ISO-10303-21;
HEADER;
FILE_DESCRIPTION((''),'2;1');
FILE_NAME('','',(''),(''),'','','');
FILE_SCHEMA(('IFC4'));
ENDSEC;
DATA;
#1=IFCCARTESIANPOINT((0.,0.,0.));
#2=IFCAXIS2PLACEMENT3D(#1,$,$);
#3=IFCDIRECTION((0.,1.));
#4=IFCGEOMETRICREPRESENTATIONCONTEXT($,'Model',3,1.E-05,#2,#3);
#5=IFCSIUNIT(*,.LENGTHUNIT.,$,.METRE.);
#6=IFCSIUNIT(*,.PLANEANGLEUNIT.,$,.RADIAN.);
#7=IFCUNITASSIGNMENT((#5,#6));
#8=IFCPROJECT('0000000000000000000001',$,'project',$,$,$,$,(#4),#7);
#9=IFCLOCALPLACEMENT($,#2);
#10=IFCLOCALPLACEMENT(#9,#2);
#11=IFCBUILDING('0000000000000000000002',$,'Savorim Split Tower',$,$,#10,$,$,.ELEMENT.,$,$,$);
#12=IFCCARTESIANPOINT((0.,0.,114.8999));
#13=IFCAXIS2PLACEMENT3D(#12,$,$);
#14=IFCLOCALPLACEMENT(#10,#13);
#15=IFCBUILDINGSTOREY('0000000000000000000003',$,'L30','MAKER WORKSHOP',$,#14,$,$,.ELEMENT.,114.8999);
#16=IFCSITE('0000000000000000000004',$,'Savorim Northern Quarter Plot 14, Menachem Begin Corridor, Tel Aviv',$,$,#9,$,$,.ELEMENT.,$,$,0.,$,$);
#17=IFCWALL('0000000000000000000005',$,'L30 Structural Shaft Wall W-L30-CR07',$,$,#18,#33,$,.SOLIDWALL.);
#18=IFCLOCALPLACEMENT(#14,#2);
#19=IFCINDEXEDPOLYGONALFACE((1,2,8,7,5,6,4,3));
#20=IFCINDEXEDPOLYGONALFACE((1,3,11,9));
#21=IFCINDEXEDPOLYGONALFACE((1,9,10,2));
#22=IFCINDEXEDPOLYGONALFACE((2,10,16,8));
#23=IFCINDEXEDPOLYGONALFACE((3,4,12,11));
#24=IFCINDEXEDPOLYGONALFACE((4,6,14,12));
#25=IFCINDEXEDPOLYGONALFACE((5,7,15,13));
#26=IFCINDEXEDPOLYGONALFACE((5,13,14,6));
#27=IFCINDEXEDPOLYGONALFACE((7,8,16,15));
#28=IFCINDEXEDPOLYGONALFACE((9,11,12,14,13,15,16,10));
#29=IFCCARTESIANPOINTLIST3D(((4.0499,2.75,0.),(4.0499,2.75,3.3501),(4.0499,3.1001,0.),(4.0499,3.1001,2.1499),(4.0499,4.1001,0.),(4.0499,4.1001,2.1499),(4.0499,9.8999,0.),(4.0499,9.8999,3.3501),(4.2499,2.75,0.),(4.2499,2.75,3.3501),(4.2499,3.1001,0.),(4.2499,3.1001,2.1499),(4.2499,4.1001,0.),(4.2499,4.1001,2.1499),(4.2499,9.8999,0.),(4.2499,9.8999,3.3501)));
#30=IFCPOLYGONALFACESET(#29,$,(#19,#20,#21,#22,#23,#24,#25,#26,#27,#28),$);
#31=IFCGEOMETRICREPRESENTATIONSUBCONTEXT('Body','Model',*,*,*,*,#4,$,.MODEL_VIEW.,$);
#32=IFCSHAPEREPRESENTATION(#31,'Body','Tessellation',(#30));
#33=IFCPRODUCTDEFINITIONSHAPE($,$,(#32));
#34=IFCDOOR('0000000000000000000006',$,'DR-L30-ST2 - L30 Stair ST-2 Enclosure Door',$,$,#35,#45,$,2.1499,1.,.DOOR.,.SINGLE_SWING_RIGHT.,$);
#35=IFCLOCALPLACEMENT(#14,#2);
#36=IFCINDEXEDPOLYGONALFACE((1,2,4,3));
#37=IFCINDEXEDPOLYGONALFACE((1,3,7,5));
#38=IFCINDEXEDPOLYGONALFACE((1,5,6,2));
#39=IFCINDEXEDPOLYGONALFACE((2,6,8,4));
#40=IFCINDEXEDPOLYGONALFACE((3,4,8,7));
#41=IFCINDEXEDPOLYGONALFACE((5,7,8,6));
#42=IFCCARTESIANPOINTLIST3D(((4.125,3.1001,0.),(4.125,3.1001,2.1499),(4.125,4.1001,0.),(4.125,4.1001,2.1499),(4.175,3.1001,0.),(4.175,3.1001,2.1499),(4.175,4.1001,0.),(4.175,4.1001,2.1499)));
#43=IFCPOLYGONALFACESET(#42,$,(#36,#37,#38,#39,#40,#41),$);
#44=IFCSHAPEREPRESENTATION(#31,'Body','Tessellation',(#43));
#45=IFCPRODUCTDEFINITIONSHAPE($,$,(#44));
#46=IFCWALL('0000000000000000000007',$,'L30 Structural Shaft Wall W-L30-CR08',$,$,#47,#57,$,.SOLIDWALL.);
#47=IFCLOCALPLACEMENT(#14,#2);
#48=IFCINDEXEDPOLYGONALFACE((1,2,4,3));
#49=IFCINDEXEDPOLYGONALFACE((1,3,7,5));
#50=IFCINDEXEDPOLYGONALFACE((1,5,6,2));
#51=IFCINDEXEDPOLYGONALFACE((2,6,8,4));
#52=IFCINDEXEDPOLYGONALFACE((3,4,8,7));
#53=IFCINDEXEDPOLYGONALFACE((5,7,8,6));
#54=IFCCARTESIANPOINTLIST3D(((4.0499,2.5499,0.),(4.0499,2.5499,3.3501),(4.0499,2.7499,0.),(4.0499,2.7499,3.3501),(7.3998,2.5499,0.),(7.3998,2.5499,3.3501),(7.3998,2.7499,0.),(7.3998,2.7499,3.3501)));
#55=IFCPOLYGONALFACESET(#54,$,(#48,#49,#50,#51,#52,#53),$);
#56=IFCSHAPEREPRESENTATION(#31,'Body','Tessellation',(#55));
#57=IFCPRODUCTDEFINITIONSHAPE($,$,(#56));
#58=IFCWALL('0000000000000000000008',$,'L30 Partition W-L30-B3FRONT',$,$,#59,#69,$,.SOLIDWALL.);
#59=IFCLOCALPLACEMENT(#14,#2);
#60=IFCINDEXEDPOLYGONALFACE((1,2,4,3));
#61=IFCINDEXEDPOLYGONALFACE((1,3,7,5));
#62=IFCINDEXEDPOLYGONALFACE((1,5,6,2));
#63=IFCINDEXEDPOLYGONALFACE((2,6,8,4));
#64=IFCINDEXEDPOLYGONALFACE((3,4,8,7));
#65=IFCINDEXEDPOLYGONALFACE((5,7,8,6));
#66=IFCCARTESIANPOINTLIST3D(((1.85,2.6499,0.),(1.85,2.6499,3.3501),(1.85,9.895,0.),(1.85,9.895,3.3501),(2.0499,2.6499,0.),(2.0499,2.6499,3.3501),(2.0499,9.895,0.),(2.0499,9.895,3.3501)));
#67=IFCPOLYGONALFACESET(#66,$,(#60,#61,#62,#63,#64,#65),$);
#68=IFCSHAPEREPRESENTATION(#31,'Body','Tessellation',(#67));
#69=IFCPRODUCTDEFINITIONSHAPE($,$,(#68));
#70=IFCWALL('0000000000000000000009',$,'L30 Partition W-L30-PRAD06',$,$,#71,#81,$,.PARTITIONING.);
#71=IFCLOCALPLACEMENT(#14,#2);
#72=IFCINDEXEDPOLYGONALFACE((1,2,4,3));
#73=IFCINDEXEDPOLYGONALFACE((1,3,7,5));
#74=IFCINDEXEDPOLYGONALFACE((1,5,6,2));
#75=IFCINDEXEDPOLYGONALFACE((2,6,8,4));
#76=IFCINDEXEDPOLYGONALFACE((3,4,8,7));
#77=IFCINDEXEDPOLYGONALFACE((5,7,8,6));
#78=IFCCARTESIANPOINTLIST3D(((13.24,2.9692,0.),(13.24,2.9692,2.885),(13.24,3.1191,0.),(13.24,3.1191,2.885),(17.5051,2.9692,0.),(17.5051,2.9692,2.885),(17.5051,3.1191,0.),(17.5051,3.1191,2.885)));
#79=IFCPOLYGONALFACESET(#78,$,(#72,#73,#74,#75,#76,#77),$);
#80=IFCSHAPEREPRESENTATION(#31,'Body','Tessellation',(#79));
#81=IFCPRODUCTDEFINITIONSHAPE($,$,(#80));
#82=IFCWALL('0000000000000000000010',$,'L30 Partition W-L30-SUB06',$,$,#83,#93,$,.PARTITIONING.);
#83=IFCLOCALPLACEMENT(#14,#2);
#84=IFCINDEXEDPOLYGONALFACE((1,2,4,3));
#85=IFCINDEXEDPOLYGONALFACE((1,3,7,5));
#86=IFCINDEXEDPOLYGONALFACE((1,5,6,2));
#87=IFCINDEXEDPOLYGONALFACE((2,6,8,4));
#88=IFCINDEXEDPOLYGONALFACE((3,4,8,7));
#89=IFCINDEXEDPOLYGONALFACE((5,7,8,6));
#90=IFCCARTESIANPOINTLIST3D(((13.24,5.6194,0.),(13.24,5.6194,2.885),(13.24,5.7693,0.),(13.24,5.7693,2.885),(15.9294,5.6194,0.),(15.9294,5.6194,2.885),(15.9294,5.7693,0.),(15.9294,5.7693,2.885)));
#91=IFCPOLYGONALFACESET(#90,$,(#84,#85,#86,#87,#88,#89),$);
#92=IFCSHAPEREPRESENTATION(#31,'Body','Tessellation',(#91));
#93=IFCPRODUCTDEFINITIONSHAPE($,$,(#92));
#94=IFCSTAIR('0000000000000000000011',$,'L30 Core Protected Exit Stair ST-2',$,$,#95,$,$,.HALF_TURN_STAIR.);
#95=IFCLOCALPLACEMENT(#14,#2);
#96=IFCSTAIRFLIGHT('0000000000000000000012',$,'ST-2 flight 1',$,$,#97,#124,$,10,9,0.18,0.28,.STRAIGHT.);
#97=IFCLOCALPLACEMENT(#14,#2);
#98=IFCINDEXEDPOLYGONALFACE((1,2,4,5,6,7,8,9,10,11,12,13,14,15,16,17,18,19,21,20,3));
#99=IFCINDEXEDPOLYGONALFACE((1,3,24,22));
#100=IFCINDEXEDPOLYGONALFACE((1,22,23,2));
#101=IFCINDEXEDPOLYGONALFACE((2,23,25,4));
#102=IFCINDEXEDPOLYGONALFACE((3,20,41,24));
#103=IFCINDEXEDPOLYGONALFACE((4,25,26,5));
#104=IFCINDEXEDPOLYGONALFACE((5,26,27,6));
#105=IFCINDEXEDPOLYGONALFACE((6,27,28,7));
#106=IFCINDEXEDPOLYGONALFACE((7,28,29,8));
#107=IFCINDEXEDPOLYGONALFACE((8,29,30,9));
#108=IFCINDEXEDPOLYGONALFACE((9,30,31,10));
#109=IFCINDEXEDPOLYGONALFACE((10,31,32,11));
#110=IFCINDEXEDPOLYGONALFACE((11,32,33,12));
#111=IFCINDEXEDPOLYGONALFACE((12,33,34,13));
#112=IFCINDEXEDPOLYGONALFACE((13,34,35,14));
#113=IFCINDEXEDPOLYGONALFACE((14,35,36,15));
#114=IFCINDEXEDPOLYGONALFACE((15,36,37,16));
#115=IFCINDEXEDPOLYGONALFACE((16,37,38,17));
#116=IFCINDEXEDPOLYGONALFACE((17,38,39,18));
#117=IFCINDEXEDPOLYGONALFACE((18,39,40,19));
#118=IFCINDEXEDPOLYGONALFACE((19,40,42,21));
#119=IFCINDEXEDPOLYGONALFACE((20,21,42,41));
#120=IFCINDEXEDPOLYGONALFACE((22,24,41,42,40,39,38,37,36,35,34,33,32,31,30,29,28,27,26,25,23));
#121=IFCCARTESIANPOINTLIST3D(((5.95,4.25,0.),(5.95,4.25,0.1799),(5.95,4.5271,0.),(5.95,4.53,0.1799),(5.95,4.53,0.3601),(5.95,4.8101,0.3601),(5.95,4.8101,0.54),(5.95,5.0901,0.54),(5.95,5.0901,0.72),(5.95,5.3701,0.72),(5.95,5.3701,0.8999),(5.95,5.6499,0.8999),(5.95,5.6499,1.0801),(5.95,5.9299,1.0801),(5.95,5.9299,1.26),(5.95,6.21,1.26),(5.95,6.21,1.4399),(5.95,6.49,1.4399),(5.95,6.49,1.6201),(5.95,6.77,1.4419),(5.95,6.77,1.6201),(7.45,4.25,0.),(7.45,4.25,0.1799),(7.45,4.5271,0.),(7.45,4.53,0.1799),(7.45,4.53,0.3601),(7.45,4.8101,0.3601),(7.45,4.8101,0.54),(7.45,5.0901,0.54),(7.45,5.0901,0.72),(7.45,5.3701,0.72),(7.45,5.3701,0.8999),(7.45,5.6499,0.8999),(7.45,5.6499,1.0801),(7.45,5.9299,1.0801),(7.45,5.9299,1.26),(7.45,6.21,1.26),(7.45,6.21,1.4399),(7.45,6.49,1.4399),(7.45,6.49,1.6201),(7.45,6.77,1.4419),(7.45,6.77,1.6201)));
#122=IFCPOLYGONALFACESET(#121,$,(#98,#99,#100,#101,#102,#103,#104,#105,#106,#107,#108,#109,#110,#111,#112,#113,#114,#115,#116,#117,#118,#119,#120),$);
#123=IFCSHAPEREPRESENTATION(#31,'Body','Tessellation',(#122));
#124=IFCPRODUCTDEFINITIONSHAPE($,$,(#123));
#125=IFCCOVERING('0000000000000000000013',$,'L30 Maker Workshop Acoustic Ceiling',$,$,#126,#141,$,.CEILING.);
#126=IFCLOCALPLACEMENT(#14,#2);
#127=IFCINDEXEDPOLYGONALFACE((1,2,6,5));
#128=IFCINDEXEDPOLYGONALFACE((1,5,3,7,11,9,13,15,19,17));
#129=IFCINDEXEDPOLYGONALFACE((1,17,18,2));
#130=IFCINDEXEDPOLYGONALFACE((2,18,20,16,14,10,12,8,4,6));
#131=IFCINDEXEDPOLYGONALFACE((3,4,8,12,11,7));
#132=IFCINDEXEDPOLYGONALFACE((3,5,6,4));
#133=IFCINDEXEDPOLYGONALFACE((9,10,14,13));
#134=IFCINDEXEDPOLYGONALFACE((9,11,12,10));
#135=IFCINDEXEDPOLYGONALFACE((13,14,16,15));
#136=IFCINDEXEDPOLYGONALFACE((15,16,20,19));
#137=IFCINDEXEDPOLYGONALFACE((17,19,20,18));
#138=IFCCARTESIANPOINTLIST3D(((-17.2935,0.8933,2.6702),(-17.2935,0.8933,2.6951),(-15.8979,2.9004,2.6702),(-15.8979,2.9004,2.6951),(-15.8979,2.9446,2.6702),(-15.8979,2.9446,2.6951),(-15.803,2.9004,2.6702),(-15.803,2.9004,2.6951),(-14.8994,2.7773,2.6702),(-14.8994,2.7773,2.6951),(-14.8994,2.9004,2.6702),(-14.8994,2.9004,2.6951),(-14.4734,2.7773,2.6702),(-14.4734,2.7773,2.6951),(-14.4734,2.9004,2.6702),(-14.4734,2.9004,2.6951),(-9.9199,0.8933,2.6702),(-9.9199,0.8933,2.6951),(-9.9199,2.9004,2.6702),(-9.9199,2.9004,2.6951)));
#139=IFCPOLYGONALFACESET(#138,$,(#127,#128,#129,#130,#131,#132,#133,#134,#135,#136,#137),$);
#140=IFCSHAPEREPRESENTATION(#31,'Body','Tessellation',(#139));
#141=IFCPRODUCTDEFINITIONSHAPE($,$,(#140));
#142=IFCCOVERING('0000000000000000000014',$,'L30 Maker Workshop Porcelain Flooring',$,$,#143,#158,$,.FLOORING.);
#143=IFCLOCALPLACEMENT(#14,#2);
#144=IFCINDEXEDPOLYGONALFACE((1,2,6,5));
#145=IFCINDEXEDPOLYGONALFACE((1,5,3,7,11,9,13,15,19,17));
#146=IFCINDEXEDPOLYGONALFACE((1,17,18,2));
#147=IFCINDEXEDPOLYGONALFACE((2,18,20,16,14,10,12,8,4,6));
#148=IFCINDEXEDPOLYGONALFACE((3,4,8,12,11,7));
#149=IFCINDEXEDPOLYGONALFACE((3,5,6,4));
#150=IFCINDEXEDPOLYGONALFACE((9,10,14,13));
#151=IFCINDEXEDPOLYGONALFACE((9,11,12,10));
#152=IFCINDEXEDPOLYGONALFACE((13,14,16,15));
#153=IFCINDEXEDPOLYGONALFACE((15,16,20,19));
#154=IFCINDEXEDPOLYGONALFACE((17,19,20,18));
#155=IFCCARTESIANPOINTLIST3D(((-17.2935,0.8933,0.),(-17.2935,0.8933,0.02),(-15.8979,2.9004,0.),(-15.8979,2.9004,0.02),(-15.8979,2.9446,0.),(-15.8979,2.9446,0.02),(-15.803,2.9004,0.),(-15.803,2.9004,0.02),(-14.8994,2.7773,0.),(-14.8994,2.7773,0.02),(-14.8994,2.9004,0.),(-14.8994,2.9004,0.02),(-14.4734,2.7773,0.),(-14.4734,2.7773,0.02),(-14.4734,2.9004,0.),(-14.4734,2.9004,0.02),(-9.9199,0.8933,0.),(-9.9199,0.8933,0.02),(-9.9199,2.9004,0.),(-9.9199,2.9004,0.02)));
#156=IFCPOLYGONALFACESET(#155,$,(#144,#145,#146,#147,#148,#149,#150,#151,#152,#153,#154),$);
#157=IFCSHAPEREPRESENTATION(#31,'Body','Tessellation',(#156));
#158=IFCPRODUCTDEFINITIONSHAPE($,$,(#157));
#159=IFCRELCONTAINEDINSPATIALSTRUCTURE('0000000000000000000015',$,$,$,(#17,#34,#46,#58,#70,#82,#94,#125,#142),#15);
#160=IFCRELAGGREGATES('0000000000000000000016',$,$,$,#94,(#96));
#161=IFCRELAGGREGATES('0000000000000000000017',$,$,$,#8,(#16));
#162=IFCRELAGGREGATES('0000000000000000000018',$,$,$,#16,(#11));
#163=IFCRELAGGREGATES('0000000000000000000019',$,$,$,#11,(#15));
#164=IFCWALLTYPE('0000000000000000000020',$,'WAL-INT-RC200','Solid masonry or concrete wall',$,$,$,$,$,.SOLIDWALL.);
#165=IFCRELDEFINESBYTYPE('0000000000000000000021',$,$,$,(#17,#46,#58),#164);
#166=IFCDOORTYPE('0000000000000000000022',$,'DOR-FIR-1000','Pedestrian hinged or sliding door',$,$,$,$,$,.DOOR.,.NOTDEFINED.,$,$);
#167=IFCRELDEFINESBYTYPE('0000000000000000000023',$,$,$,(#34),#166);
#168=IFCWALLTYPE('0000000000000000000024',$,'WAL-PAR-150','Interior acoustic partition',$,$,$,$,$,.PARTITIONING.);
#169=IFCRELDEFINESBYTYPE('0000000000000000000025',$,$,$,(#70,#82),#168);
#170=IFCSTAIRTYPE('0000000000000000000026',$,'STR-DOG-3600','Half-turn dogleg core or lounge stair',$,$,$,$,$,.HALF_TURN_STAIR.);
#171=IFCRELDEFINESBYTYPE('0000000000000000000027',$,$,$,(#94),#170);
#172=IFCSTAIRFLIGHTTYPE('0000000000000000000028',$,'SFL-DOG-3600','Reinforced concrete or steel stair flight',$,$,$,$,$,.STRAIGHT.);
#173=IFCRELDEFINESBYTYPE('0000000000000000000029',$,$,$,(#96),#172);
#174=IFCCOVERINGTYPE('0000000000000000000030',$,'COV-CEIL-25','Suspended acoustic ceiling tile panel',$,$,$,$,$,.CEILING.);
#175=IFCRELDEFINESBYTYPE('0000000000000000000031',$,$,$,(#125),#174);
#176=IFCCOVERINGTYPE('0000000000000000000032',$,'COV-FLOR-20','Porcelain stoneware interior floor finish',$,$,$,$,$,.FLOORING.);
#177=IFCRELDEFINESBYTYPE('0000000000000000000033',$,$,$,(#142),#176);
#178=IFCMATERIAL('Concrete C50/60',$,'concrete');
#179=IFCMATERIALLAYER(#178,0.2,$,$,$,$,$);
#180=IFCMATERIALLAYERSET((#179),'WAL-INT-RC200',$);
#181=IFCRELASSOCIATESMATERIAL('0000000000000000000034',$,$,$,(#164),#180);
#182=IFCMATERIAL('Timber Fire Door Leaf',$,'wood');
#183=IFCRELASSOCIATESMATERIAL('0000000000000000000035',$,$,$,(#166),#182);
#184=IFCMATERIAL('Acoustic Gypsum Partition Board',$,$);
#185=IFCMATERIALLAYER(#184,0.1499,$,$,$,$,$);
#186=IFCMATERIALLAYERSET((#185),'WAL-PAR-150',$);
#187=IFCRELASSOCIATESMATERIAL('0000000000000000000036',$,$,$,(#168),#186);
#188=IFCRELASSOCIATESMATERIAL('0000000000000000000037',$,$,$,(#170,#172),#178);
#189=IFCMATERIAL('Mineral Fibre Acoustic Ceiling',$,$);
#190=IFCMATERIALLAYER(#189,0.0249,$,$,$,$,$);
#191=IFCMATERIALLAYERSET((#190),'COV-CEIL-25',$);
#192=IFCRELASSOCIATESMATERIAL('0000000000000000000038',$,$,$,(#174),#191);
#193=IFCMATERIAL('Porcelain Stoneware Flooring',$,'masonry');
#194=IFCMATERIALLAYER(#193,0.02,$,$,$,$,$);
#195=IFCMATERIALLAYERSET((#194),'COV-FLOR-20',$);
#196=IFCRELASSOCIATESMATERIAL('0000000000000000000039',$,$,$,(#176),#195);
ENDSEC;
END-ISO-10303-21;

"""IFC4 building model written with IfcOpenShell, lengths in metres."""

from ifc_helpers import new_model, si_unit, direction, frame, frame_2d, origin, place, context, subcontext, project, spatial, polyline, rectangle, outline, extrude, material, layer, layer_set, type_object, element, fill, aggregate, save


model = new_model("IFC4")

# Units and contexts
model_context = context("Model", 3, precision=1e-05, world=origin(), true_north=direction((0.0, 1.0)))
body_context = subcontext(model_context, "Body", "Model", "MODEL_VIEW")
ifc_project = project(units=[si_unit("LENGTHUNIT", "METRE"), si_unit("PLANEANGLEUNIT", "RADIAN")], contexts=[model_context])

# Site, building, storey
site_placement = place(None, origin())
site = spatial("IfcSite", under=ifc_project, at=site_placement, Name="Savorim Northern Quarter Plot 14, Menachem Begin Corridor, Tel Aviv", CompositionType="ELEMENT", RefElevation=0.0)
building_placement = place(site_placement, origin())
building = spatial("IfcBuilding", under=site, at=building_placement, Name="Savorim Split Tower", CompositionType="ELEMENT")
storey_placement = place(building_placement, frame((0.0, 0.0, 114.8999)))
storey = spatial("IfcBuildingStorey", under=building, at=storey_placement, Name="L30", Description="MAKER WORKSHOP", CompositionType="ELEMENT", Elevation=114.8999)

# Wall, opening, door
ifc_material_1 = material(Name="Concrete C50/60", Category="concrete")
ifc_layer_1 = layer(ifc_material_1, 0.2)
ifc_layer_set_1 = layer_set([ifc_layer_1], Name="WAL-INT-RC200")
wall_type_1 = type_object("IfcWallType", Name="WAL-INT-RC200", Description="Solid masonry or concrete wall", PredefinedType="SOLIDWALL", material=ifc_layer_set_1)
wall_1_placement = place(storey_placement, frame((4.1499, 2.75, 0.0), z_axis=(0.0, 0.0, 1.0), x_axis=(0.0, 1.0, 0.0)))
wall_1 = element("IfcWall", 1, at=wall_1_placement, inside=storey, type_object=wall_type_1, Name="L30 Structural Shaft Wall W-L30-CR07", PredefinedType="SOLIDWALL", context=body_context, shape_type="SweptSolid", body=[
    extrude(rectangle(XDim=7.1499, YDim=0.2, at=frame_2d((3.575, 0.0))), origin(), (0.0, 0.0, 1.0), 3.3501),
])
opening_placement = place(wall_1_placement, frame((0.3501, 0.0, 0.0)))
opening = element("IfcOpeningElement", 2, at=opening_placement, cuts=wall_1, PredefinedType="OPENING", context=body_context, shape_type="SweptSolid", body=[
    extrude(rectangle(XDim=1.0, YDim=2.1499, at=frame_2d((0.5, 1.075))), frame((0.0, 0.1099, 0.0), z_axis=(0.0, -1.0, 0.0), x_axis=(1.0, 0.0, 0.0)), (0.0, 0.0, 1.0), 0.22),
])
ifc_material_2 = material(Name="Timber Fire Door Leaf", Category="wood")
door_type = type_object("IfcDoorType", Name="DOR-FIR-1000", Description="Pedestrian hinged or sliding door", OperationType="NOTDEFINED", PredefinedType="DOOR", material=ifc_material_2)
door_placement = place(opening_placement, origin())
door = element("IfcDoor", 3, at=door_placement, inside=storey, type_object=door_type, Name="DR-L30-ST2 - L30 Stair ST-2 Enclosure Door", OperationType="SINGLE_SWING_RIGHT", OverallHeight=2.1499, OverallWidth=1.0, PredefinedType="DOOR", context=body_context, shape_type="SweptSolid", body=[
    extrude(rectangle(XDim=1.0, YDim=2.1499, at=frame_2d((0.5, 1.075))), frame((0.0, 0.0249, 0.0), z_axis=(0.0, -1.0, 0.0), x_axis=(1.0, 0.0, 0.0)), (0.0, 0.0, 1.0), 0.05),
])
fill(opening, door)

# Walls
wall_2_placement = place(storey_placement, frame((4.05, 2.6499, 0.0), z_axis=(0.0, 0.0, 1.0), x_axis=(1.0, 0.0, 0.0)))
element("IfcWall", 4, at=wall_2_placement, inside=storey, type_object=wall_type_1, Name="L30 Structural Shaft Wall W-L30-CR08", PredefinedType="SOLIDWALL", context=body_context, shape_type="SweptSolid", body=[
    extrude(rectangle(XDim=3.3499, YDim=0.2, at=frame_2d((1.6748, 0.0))), origin(), (0.0, 0.0, 1.0), 3.3501),
])
wall_3_placement = place(storey_placement, frame((1.95, 2.6499, 0.0), z_axis=(0.0, 0.0, 1.0), x_axis=(0.0, 1.0, 0.0)))
element("IfcWall", 5, at=wall_3_placement, inside=storey, type_object=wall_type_1, Name="L30 Partition W-L30-B3FRONT", PredefinedType="SOLIDWALL", context=body_context, shape_type="SweptSolid", body=[
    extrude(rectangle(XDim=7.2451, YDim=0.2, at=frame_2d((3.6226, 0.0))), origin(), (0.0, 0.0, 1.0), 3.3501),
])
ifc_material_3 = material(Name="Acoustic Gypsum Partition Board")
ifc_layer_2 = layer(ifc_material_3, 0.1499)
ifc_layer_set_2 = layer_set([ifc_layer_2], Name="WAL-PAR-150")
wall_type_2 = type_object("IfcWallType", Name="WAL-PAR-150", Description="Interior acoustic partition", PredefinedType="PARTITIONING", material=ifc_layer_set_2)
wall_4_placement = place(storey_placement, frame((13.24, 3.0442, 0.0), z_axis=(0.0, 0.0, 1.0), x_axis=(1.0, 0.0, 0.0)))
element("IfcWall", 6, at=wall_4_placement, inside=storey, type_object=wall_type_2, Name="L30 Partition W-L30-PRAD06", PredefinedType="PARTITIONING", context=body_context, shape_type="SweptSolid", body=[
    extrude(rectangle(XDim=4.2651, YDim=0.1499, at=frame_2d((2.1326, 0.0))), origin(), (0.0, 0.0, 1.0), 2.885),
])
wall_5_placement = place(storey_placement, frame((13.24, 5.6943, 0.0), z_axis=(0.0, 0.0, 1.0), x_axis=(1.0, 0.0, 0.0)))
element("IfcWall", 7, at=wall_5_placement, inside=storey, type_object=wall_type_2, Name="L30 Partition W-L30-SUB06", PredefinedType="PARTITIONING", context=body_context, shape_type="SweptSolid", body=[
    extrude(rectangle(XDim=2.6895, YDim=0.1499, at=frame_2d((1.3447, 0.0))), origin(), (0.0, 0.0, 1.0), 2.885),
])

# Stair, stair flight
stair_type = type_object("IfcStairType", Name="STR-DOG-3600", Description="Half-turn dogleg core or lounge stair", PredefinedType="HALF_TURN_STAIR", material=ifc_material_1)
stair_placement = place(storey_placement, origin())
stair = element("IfcStair", 8, at=stair_placement, inside=storey, type_object=stair_type, Name="L30 Core Protected Exit Stair ST-2", PredefinedType="HALF_TURN_STAIR")
stair_flight_type = type_object("IfcStairFlightType", Name="SFL-DOG-3600", Description="Reinforced concrete or steel stair flight", PredefinedType="STRAIGHT", material=ifc_material_1)
stair_flight_placement = place(storey_placement, frame((6.7, 4.25, 0.0), z_axis=(0.0, 0.0, 1.0), x_axis=(0.0, 1.0, 0.0)))
stair_flight = element("IfcStairFlight", 9, at=stair_flight_placement, type_object=stair_flight_type, Name="ST-2 flight 1", NumberOfRisers=10, NumberOfTreads=9, PredefinedType="STRAIGHT", RiserHeight=0.18, TreadLength=0.28, context=body_context, shape_type="SweptSolid", body=[
    extrude(outline(polyline([(0.0, 0.0), (0.0, 0.1799), (0.28, 0.1799), (0.28, 0.3601), (0.5601, 0.3601), (0.5601, 0.54), (0.8401, 0.54), (0.8401, 0.72), (1.1201, 0.72), (1.1201, 0.8999), (1.3999, 0.8999), (1.3999, 1.0801), (1.6799, 1.0801), (1.6799, 1.26), (1.96, 1.26), (1.96, 1.4399), (2.24, 1.4399), (2.24, 1.6201), (2.52, 1.6201), (2.52, 1.8), (2.52, 1.4419), (0.2771, 0.0), (0.0, 0.0)])), frame((0.0, 0.75, 0.0), z_axis=(0.0, -1.0, 0.0), x_axis=(1.0, 0.0, 0.0)), (0.0, 0.0, 1.0), 1.5),
])
aggregate(stair, [stair_flight])

# Coverings
ifc_material_4 = material(Name="Mineral Fibre Acoustic Ceiling")
ifc_layer_3 = layer(ifc_material_4, 0.0249)
ifc_layer_set_3 = layer_set([ifc_layer_3], Name="COV-CEIL-25")
covering_type_1 = type_object("IfcCoveringType", Name="COV-CEIL-25", Description="Suspended acoustic ceiling tile panel", PredefinedType="CEILING", material=ifc_layer_set_3)
covering_1_placement = place(storey_placement, frame((0.0, 0.0, 2.6702)))
element("IfcCovering", 10, at=covering_1_placement, inside=storey, type_object=covering_type_1, Name="L30 Maker Workshop Acoustic Ceiling", PredefinedType="CEILING", context=body_context, shape_type="SweptSolid", body=[
    extrude(outline(polyline([(-14.8994, 2.9004), (-15.803, 2.9004), (-15.8979, 2.9004), (-15.8979, 2.9446), (-17.2935, 0.8933), (-9.9199, 0.8933), (-9.9199, 2.9004), (-14.4734, 2.9004), (-14.4734, 2.7773), (-14.8994, 2.7773), (-14.8994, 2.9004)])), origin(), (0.0, 0.0, 1.0), 0.0249),
])
ifc_material_5 = material(Name="Porcelain Stoneware Flooring", Category="masonry")
ifc_layer_4 = layer(ifc_material_5, 0.02)
ifc_layer_set_4 = layer_set([ifc_layer_4], Name="COV-FLOR-20")
covering_type_2 = type_object("IfcCoveringType", Name="COV-FLOR-20", Description="Porcelain stoneware interior floor finish", PredefinedType="FLOORING", material=ifc_layer_set_4)
covering_2_placement = place(storey_placement, origin())
element("IfcCovering", 11, at=covering_2_placement, inside=storey, type_object=covering_type_2, Name="L30 Maker Workshop Porcelain Flooring", PredefinedType="FLOORING", context=body_context, shape_type="SweptSolid", body=[
    extrude(outline(polyline([(-14.8994, 2.9004), (-15.803, 2.9004), (-15.8979, 2.9004), (-15.8979, 2.9446), (-17.2935, 0.8933), (-9.9199, 0.8933), (-9.9199, 2.9004), (-14.4734, 2.9004), (-14.4734, 2.7773), (-14.8994, 2.7773), (-14.8994, 2.9004)])), origin(), (0.0, 0.0, 1.0), 0.02),
])

save(model, "model.ifc")
